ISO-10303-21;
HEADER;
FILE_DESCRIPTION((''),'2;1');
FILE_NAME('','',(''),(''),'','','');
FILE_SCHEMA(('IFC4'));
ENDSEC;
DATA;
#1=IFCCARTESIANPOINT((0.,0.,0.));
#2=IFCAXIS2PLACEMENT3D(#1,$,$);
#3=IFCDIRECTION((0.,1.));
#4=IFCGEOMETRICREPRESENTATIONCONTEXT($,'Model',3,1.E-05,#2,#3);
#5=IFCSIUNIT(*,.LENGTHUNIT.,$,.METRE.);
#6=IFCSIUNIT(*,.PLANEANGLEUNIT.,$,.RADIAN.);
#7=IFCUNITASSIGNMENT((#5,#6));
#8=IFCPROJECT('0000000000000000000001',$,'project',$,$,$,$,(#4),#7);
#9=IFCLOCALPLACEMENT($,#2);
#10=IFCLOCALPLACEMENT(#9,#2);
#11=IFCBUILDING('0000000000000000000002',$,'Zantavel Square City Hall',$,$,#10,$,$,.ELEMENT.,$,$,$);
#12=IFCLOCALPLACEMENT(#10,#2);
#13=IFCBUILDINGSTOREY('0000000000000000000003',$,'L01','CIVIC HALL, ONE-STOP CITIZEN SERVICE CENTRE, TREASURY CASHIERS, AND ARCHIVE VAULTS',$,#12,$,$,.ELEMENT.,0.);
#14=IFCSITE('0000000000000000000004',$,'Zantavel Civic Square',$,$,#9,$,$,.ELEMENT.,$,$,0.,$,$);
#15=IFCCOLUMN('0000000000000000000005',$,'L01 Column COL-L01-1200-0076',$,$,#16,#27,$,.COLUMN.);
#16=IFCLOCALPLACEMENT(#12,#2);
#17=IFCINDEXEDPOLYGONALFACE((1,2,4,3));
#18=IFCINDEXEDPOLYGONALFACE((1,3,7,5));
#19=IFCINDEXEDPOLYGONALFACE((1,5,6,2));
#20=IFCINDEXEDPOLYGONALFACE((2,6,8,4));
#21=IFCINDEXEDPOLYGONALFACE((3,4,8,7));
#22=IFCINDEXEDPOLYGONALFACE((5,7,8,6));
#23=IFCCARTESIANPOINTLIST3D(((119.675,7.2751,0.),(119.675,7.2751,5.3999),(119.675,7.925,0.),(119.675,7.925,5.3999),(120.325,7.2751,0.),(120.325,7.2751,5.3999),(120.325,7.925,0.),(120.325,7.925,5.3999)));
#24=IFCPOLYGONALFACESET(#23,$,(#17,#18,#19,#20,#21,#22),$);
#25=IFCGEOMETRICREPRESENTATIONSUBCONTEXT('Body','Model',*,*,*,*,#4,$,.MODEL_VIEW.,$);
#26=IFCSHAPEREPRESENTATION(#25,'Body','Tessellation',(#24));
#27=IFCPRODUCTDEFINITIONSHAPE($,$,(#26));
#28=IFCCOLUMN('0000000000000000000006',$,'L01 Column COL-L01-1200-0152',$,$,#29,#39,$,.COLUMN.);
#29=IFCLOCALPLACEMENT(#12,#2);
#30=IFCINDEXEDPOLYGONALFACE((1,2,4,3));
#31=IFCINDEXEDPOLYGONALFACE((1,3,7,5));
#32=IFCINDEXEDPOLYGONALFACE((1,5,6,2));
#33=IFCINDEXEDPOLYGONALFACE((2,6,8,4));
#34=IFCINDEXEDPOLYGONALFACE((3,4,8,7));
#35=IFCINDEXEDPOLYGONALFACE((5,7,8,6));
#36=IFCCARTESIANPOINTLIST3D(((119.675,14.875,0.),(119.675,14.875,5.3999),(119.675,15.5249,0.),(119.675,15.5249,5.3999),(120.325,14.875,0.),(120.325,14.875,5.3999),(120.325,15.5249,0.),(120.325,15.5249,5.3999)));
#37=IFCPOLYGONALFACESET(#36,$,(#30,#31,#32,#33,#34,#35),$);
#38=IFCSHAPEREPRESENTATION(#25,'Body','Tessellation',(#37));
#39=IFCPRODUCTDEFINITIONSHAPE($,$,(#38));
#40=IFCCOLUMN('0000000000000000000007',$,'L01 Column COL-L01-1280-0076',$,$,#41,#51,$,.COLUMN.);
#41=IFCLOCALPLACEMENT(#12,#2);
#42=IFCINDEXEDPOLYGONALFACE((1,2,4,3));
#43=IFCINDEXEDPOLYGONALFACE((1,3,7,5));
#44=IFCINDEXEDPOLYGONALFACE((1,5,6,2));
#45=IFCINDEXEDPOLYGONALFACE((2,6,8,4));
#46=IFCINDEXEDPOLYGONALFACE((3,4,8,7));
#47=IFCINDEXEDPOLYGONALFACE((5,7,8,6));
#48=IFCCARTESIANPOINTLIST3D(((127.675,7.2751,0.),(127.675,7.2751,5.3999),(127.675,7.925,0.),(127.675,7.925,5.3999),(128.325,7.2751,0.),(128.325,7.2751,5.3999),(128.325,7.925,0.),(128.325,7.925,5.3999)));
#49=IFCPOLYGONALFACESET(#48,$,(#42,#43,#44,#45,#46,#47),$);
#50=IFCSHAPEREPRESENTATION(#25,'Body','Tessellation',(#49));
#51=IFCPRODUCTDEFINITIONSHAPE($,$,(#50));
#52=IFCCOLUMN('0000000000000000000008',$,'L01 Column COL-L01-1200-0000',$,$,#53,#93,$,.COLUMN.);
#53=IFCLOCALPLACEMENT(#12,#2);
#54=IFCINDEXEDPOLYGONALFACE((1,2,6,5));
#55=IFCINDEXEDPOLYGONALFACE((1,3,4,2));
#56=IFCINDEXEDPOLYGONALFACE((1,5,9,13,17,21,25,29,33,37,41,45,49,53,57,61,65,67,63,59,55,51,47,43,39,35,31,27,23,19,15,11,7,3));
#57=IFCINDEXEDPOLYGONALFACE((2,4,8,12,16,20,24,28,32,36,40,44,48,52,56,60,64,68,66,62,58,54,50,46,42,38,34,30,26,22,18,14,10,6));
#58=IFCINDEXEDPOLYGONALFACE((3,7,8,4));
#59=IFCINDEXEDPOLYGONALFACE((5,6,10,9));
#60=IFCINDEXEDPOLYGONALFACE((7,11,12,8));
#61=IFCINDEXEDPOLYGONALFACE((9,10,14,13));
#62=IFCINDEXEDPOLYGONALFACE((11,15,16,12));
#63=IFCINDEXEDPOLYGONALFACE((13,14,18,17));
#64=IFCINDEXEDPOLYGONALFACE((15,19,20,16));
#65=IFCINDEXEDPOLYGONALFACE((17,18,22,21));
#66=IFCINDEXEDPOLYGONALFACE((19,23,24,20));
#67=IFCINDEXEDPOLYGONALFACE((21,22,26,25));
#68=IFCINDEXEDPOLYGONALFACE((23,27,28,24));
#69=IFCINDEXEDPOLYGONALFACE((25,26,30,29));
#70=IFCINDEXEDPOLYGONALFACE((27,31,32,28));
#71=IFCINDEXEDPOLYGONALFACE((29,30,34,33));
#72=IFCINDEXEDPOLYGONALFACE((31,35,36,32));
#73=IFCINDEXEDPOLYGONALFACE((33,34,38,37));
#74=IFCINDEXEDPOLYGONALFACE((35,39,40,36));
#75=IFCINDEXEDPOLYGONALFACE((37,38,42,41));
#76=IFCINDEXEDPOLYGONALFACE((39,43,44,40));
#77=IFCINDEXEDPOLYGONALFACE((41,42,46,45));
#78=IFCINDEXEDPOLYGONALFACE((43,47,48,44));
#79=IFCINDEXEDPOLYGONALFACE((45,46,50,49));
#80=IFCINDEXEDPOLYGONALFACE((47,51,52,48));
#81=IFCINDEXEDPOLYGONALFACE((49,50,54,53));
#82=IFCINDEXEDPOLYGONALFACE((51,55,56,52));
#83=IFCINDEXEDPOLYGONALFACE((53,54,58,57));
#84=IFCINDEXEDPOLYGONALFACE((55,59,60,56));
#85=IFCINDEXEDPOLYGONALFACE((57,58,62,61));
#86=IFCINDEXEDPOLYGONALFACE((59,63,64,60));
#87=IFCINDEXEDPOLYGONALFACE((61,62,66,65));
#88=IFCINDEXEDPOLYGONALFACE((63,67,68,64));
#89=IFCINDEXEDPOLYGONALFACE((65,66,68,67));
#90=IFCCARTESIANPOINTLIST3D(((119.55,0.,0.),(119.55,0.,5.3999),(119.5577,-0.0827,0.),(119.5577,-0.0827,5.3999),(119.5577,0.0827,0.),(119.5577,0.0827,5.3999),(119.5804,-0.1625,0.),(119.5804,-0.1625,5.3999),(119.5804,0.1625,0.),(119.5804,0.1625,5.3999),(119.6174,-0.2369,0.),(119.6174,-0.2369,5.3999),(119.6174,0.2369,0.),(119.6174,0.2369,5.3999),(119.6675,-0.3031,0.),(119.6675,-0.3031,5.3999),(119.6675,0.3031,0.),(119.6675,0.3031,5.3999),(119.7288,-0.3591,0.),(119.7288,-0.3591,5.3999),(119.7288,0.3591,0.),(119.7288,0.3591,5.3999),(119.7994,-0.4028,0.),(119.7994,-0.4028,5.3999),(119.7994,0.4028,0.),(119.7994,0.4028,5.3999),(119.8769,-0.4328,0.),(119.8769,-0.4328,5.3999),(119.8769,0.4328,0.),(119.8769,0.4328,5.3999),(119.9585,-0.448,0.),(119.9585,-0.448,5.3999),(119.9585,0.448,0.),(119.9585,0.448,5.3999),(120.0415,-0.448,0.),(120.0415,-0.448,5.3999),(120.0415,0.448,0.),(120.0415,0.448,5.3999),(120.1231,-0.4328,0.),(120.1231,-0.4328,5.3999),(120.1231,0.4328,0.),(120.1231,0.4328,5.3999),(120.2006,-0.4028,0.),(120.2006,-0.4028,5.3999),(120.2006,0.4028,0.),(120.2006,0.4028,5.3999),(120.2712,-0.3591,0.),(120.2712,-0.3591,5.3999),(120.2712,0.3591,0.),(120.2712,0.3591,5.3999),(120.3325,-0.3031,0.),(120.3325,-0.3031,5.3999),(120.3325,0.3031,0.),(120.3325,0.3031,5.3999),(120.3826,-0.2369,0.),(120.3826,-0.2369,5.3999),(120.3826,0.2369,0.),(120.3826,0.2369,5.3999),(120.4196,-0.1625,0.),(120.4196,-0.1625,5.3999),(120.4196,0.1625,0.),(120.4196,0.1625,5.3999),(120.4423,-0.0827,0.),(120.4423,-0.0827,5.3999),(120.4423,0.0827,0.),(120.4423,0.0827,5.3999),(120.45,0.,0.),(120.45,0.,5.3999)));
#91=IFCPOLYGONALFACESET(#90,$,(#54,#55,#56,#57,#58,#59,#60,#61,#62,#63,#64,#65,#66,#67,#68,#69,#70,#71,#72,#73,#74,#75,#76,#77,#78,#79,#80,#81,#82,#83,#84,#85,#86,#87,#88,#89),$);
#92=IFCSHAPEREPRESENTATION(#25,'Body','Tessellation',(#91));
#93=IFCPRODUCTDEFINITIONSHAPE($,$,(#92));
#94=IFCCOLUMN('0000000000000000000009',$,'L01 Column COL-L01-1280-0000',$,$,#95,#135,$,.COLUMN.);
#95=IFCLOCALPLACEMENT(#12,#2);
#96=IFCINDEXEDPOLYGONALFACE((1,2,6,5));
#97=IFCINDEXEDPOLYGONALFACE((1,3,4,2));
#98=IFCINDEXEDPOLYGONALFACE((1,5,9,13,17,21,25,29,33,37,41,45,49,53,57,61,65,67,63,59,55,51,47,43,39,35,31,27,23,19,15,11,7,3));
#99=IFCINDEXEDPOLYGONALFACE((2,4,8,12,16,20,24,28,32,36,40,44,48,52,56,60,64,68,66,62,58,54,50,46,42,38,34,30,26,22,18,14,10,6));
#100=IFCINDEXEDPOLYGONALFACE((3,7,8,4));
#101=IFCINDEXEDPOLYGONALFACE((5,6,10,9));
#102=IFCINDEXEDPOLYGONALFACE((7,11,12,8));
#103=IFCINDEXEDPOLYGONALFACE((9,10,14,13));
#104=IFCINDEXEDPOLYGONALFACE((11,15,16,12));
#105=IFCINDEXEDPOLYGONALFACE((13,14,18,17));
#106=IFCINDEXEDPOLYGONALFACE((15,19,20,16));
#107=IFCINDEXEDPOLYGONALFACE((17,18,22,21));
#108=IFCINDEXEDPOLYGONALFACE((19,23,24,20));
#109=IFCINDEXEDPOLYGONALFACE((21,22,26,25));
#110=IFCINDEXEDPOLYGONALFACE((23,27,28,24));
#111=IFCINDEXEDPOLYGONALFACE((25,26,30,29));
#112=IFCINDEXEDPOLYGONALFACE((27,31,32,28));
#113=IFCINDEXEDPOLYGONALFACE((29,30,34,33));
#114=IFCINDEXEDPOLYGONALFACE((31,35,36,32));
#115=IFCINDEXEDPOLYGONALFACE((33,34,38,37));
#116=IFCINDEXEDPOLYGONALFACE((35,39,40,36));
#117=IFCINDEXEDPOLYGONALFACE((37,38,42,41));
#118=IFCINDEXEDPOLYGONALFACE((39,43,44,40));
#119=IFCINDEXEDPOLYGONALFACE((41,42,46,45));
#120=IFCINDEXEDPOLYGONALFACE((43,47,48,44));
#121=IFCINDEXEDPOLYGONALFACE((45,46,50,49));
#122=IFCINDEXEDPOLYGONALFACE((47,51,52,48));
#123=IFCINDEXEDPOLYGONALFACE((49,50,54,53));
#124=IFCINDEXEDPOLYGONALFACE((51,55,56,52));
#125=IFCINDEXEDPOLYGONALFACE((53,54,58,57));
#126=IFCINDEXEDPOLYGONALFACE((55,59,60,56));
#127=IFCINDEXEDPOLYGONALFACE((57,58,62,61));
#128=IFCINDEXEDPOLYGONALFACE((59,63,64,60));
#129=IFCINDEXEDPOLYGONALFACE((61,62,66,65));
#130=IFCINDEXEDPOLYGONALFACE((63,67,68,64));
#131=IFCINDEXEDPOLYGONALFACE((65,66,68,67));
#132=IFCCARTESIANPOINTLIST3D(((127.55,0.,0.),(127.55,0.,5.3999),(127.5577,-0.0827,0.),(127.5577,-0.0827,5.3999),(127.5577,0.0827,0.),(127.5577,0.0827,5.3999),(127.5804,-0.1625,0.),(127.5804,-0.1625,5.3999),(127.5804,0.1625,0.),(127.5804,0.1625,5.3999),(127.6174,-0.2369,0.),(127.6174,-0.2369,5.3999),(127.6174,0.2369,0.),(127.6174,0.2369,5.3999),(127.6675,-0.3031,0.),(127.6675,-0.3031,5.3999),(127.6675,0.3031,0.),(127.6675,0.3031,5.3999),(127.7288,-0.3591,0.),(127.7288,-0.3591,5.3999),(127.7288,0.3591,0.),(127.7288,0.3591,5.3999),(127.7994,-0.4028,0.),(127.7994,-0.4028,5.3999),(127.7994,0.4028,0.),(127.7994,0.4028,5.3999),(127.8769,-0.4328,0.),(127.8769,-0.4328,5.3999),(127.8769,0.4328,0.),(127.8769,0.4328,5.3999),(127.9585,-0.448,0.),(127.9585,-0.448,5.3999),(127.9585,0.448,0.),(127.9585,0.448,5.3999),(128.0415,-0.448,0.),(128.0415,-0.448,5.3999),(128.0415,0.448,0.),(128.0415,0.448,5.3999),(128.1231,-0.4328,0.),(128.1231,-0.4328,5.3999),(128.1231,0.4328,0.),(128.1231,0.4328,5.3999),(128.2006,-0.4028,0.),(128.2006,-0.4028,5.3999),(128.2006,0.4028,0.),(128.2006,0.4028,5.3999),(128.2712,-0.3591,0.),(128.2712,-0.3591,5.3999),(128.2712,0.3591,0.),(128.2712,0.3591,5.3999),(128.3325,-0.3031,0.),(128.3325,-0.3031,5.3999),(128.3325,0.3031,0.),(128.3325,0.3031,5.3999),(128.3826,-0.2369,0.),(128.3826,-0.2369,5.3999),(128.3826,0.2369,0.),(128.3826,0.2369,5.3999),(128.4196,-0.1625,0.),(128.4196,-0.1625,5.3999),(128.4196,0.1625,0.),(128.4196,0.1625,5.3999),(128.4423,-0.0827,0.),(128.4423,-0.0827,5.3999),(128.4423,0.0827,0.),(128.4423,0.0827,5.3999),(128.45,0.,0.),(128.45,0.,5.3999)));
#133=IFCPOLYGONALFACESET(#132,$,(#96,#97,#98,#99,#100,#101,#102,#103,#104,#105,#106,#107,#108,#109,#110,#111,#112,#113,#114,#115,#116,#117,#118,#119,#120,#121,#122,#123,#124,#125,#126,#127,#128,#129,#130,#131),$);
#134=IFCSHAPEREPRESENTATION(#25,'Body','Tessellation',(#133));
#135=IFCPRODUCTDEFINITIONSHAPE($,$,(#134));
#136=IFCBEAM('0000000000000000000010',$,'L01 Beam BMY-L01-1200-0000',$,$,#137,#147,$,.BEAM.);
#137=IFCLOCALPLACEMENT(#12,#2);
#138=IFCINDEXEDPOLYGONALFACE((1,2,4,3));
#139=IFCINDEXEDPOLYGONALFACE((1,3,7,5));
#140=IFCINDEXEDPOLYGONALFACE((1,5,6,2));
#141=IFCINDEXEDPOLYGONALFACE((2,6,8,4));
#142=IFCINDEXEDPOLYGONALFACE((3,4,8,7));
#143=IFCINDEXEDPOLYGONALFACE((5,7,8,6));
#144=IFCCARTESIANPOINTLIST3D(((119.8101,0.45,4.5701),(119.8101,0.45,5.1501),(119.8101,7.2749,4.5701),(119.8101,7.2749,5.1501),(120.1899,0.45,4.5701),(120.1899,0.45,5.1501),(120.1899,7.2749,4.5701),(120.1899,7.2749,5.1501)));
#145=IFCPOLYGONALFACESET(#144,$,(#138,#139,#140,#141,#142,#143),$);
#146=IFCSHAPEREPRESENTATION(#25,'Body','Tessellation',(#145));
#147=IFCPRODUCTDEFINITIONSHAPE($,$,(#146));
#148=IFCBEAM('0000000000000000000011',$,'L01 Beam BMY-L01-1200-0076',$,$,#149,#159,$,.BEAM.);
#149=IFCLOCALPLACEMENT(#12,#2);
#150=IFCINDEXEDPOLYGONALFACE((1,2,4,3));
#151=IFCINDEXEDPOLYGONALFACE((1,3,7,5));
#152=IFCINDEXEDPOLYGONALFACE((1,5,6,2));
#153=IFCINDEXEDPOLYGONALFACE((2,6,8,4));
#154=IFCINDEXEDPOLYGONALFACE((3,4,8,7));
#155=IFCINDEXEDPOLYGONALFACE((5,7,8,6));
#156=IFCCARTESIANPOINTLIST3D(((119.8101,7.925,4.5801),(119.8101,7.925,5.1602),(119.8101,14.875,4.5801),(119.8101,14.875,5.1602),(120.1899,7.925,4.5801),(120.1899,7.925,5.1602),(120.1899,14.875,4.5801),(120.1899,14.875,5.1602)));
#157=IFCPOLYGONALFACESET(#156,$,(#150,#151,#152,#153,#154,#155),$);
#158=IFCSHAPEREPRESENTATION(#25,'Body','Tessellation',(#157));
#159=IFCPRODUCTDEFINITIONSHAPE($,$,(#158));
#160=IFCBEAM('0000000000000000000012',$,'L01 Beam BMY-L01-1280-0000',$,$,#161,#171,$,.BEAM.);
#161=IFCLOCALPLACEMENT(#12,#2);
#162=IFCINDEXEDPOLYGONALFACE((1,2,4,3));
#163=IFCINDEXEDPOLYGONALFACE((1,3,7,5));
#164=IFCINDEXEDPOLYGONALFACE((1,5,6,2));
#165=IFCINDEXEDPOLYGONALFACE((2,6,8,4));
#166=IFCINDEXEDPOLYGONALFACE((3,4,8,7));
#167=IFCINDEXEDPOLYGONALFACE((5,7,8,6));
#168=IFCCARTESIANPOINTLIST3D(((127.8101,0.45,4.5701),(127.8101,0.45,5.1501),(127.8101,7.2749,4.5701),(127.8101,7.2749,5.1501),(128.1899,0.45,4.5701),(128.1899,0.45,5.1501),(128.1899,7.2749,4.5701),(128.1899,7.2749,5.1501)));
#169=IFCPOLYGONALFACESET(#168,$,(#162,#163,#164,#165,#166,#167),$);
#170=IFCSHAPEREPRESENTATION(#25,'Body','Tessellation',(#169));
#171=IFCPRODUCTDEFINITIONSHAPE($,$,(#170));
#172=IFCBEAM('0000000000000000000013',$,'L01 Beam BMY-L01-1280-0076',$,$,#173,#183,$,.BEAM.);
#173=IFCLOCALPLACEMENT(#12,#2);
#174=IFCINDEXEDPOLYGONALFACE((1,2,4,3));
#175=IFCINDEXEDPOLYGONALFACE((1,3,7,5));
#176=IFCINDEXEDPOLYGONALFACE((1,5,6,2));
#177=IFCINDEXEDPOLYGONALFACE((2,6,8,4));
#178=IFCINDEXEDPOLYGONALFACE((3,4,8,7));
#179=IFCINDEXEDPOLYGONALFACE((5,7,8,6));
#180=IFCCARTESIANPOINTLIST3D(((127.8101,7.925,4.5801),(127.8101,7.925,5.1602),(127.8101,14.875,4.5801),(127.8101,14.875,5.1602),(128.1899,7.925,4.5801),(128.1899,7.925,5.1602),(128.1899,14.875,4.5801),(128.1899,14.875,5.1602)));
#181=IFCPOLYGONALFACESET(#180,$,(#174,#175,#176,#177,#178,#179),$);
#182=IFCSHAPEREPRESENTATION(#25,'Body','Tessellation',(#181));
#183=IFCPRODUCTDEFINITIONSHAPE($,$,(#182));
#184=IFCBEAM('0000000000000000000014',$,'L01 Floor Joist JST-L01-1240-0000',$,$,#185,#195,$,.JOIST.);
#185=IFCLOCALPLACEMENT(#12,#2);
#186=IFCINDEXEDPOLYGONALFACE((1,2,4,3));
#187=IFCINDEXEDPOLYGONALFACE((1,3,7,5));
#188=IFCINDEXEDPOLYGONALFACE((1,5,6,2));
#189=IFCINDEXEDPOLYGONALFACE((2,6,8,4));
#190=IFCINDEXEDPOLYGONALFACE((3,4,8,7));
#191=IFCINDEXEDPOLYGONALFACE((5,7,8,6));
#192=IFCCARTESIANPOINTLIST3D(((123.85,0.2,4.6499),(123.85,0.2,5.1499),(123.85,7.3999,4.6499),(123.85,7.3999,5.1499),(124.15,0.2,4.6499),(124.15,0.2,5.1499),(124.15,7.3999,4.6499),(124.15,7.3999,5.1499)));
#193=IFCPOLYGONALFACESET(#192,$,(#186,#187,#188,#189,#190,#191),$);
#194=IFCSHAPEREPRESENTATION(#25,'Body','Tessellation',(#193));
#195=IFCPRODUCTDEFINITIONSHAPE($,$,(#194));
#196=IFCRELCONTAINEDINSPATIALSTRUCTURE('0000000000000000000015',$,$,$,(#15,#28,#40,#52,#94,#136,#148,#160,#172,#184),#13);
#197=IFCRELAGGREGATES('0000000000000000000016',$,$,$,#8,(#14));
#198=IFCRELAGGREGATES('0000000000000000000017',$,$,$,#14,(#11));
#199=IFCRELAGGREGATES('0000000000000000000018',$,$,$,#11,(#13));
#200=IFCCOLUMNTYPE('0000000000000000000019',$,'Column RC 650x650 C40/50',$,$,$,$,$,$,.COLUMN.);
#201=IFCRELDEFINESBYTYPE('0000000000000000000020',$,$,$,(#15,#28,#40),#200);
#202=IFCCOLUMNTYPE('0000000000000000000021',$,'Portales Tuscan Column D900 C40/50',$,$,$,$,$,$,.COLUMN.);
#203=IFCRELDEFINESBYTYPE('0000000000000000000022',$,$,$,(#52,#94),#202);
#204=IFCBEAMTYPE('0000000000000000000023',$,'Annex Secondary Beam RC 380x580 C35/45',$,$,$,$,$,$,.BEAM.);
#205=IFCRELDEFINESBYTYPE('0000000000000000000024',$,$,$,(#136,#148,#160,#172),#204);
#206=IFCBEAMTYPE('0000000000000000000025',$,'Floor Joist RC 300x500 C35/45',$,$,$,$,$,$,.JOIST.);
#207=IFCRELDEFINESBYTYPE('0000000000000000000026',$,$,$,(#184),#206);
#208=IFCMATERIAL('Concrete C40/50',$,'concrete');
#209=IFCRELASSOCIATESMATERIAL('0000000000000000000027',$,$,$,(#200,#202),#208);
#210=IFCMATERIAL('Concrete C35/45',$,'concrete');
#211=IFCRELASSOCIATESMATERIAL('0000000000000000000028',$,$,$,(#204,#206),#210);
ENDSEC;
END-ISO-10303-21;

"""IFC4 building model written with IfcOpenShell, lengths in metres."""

from ifc_helpers import new_model, si_unit, direction, frame, origin, origin_2d, place, context, subcontext, project, spatial, rectangle, circle, extrude, material, material_profile, profile_set, type_object, element, save


model = new_model("IFC4")

# Units and contexts
model_context = context("Model", 3, precision=1e-05, world=origin(), true_north=direction((0.0, 1.0)))
body_context = subcontext(model_context, "Body", "Model", "MODEL_VIEW")
ifc_project = project(units=[si_unit("LENGTHUNIT", "METRE"), si_unit("PLANEANGLEUNIT", "RADIAN")], contexts=[model_context])

# Site, building, storey
site_placement = place(None, origin())
site = spatial("IfcSite", under=ifc_project, at=site_placement, Name="Zantavel Civic Square", CompositionType="ELEMENT", RefElevation=0.0)
building_placement = place(site_placement, origin())
building = spatial("IfcBuilding", under=site, at=building_placement, Name="Zantavel Square City Hall", CompositionType="ELEMENT")
storey_placement = place(building_placement, origin())
storey = spatial("IfcBuildingStorey", under=building, at=storey_placement, Name="L01", Description="CIVIC HALL, ONE-STOP CITIZEN SERVICE CENTRE, TREASURY CASHIERS, AND ARCHIVE VAULTS", CompositionType="ELEMENT", Elevation=0.0)

# Columns
ifc_material_1 = material(Name="Concrete C40/50", Category="concrete")
ifc_material_profile_1 = material_profile(ifc_material_1, rectangle(XDim=0.6499, YDim=0.6499, at=origin_2d()), Name="RC 650x650")
ifc_profile_set_1 = profile_set([ifc_material_profile_1], Name="Concrete C40/50")
column_type_1 = type_object("IfcColumnType", Name="Column RC 650x650 C40/50", PredefinedType="COLUMN", material=ifc_profile_set_1)
for number, where, z_axis, x_axis, name in (
    (1, (120.0, 7.6001, 0.0), (0.0, 0.0, 1.0), (1.0, 0.0, 0.0), "L01 Column COL-L01-1200-0076"),
    (2, (120.0, 15.2, 0.0), (0.0, 0.0, 1.0), (1.0, 0.0, 0.0), "L01 Column COL-L01-1200-0152"),
    (3, (128.0, 7.6001, 0.0), (0.0, 0.0, 1.0), (1.0, 0.0, 0.0), "L01 Column COL-L01-1280-0076"),
):
    element("IfcColumn", number, at=place(storey_placement, frame(where, z_axis=z_axis, x_axis=x_axis)), inside=storey, type_object=column_type_1, Name=name, PredefinedType="COLUMN", context=body_context, shape_type="SweptSolid", body=[
        extrude(rectangle(XDim=0.6499, YDim=0.6499, at=origin_2d()), origin(), (0.0, 0.0, 1.0), 5.3999),
    ])
ifc_material_profile_2 = material_profile(ifc_material_1, circle(Radius=0.45, at=origin_2d()), Name="ROUND D900")
ifc_profile_set_2 = profile_set([ifc_material_profile_2], Name="Concrete C40/50")
column_type_2 = type_object("IfcColumnType", Name="Portales Tuscan Column D900 C40/50", PredefinedType="COLUMN", material=ifc_profile_set_2)
for number, where, z_axis, x_axis, name in (
    (4, (120.0, 0.0, 0.0), (0.0, 0.0, 1.0), (1.0, 0.0, 0.0), "L01 Column COL-L01-1200-0000"),
    (5, (128.0, 0.0, 0.0), (0.0, 0.0, 1.0), (1.0, 0.0, 0.0), "L01 Column COL-L01-1280-0000"),
):
    element("IfcColumn", number, at=place(storey_placement, frame(where, z_axis=z_axis, x_axis=x_axis)), inside=storey, type_object=column_type_2, Name=name, PredefinedType="COLUMN", context=body_context, shape_type="SweptSolid", body=[
        extrude(circle(Radius=0.45, at=origin_2d()), origin(), (0.0, 0.0, 1.0), 5.3999),
    ])

# Beams
ifc_material_2 = material(Name="Concrete C35/45", Category="concrete")
ifc_material_profile_3 = material_profile(ifc_material_2, rectangle(XDim=0.3799, YDim=0.5801, at=origin_2d()), Name="RC 380x580")
ifc_profile_set_3 = profile_set([ifc_material_profile_3], Name="Concrete C35/45")
beam_type_1 = type_object("IfcBeamType", Name="Annex Secondary Beam RC 380x580 C35/45", PredefinedType="BEAM", material=ifc_profile_set_3)
beam_1_placement = place(storey_placement, frame((120.0, 0.45, 4.8601), z_axis=(0.0, 1.0, 0.0), x_axis=(-1.0, 0.0, 0.0)))
element("IfcBeam", 6, at=beam_1_placement, inside=storey, type_object=beam_type_1, Name="L01 Beam BMY-L01-1200-0000", PredefinedType="BEAM", context=body_context, shape_type="SweptSolid", body=[
    extrude(rectangle(XDim=0.3799, YDim=0.5801, at=origin_2d()), origin(), (0.0, 0.0, 1.0), 6.825),
])
beam_2_placement = place(storey_placement, frame((120.0, 7.925, 4.8701), z_axis=(0.0, 1.0, 0.0), x_axis=(-1.0, 0.0, 0.0)))
element("IfcBeam", 7, at=beam_2_placement, inside=storey, type_object=beam_type_1, Name="L01 Beam BMY-L01-1200-0076", PredefinedType="BEAM", context=body_context, shape_type="SweptSolid", body=[
    extrude(rectangle(XDim=0.3799, YDim=0.5801, at=origin_2d()), origin(), (0.0, 0.0, 1.0), 6.95),
])
beam_3_placement = place(storey_placement, frame((128.0, 0.45, 4.8601), z_axis=(0.0, 1.0, 0.0), x_axis=(-1.0, 0.0, 0.0)))
element("IfcBeam", 8, at=beam_3_placement, inside=storey, type_object=beam_type_1, Name="L01 Beam BMY-L01-1280-0000", PredefinedType="BEAM", context=body_context, shape_type="SweptSolid", body=[
    extrude(rectangle(XDim=0.3799, YDim=0.5801, at=origin_2d()), origin(), (0.0, 0.0, 1.0), 6.825),
])
beam_4_placement = place(storey_placement, frame((128.0, 7.925, 4.8701), z_axis=(0.0, 1.0, 0.0), x_axis=(-1.0, 0.0, 0.0)))
element("IfcBeam", 9, at=beam_4_placement, inside=storey, type_object=beam_type_1, Name="L01 Beam BMY-L01-1280-0076", PredefinedType="BEAM", context=body_context, shape_type="SweptSolid", body=[
    extrude(rectangle(XDim=0.3799, YDim=0.5801, at=origin_2d()), origin(), (0.0, 0.0, 1.0), 6.95),
])
ifc_material_profile_4 = material_profile(ifc_material_2, rectangle(XDim=0.3, YDim=0.5, at=origin_2d()), Name="RC 300x500")
ifc_profile_set_4 = profile_set([ifc_material_profile_4], Name="Concrete C35/45")
beam_type_2 = type_object("IfcBeamType", Name="Floor Joist RC 300x500 C35/45", PredefinedType="JOIST", material=ifc_profile_set_4)
for number, where, z_axis, x_axis, name in (
    (10, (124.0, 0.2, 4.8999), (0.0, 1.0, 0.0), (-1.0, 0.0, 0.0), "L01 Floor Joist JST-L01-1240-0000"),
):
    element("IfcBeam", number, at=place(storey_placement, frame(where, z_axis=z_axis, x_axis=x_axis)), inside=storey, type_object=beam_type_2, Name=name, PredefinedType="JOIST", context=body_context, shape_type="SweptSolid", body=[
        extrude(rectangle(XDim=0.3, YDim=0.5, at=origin_2d()), origin(), (0.0, 0.0, 1.0), 7.2),
    ])

save(model, "model.ifc")
